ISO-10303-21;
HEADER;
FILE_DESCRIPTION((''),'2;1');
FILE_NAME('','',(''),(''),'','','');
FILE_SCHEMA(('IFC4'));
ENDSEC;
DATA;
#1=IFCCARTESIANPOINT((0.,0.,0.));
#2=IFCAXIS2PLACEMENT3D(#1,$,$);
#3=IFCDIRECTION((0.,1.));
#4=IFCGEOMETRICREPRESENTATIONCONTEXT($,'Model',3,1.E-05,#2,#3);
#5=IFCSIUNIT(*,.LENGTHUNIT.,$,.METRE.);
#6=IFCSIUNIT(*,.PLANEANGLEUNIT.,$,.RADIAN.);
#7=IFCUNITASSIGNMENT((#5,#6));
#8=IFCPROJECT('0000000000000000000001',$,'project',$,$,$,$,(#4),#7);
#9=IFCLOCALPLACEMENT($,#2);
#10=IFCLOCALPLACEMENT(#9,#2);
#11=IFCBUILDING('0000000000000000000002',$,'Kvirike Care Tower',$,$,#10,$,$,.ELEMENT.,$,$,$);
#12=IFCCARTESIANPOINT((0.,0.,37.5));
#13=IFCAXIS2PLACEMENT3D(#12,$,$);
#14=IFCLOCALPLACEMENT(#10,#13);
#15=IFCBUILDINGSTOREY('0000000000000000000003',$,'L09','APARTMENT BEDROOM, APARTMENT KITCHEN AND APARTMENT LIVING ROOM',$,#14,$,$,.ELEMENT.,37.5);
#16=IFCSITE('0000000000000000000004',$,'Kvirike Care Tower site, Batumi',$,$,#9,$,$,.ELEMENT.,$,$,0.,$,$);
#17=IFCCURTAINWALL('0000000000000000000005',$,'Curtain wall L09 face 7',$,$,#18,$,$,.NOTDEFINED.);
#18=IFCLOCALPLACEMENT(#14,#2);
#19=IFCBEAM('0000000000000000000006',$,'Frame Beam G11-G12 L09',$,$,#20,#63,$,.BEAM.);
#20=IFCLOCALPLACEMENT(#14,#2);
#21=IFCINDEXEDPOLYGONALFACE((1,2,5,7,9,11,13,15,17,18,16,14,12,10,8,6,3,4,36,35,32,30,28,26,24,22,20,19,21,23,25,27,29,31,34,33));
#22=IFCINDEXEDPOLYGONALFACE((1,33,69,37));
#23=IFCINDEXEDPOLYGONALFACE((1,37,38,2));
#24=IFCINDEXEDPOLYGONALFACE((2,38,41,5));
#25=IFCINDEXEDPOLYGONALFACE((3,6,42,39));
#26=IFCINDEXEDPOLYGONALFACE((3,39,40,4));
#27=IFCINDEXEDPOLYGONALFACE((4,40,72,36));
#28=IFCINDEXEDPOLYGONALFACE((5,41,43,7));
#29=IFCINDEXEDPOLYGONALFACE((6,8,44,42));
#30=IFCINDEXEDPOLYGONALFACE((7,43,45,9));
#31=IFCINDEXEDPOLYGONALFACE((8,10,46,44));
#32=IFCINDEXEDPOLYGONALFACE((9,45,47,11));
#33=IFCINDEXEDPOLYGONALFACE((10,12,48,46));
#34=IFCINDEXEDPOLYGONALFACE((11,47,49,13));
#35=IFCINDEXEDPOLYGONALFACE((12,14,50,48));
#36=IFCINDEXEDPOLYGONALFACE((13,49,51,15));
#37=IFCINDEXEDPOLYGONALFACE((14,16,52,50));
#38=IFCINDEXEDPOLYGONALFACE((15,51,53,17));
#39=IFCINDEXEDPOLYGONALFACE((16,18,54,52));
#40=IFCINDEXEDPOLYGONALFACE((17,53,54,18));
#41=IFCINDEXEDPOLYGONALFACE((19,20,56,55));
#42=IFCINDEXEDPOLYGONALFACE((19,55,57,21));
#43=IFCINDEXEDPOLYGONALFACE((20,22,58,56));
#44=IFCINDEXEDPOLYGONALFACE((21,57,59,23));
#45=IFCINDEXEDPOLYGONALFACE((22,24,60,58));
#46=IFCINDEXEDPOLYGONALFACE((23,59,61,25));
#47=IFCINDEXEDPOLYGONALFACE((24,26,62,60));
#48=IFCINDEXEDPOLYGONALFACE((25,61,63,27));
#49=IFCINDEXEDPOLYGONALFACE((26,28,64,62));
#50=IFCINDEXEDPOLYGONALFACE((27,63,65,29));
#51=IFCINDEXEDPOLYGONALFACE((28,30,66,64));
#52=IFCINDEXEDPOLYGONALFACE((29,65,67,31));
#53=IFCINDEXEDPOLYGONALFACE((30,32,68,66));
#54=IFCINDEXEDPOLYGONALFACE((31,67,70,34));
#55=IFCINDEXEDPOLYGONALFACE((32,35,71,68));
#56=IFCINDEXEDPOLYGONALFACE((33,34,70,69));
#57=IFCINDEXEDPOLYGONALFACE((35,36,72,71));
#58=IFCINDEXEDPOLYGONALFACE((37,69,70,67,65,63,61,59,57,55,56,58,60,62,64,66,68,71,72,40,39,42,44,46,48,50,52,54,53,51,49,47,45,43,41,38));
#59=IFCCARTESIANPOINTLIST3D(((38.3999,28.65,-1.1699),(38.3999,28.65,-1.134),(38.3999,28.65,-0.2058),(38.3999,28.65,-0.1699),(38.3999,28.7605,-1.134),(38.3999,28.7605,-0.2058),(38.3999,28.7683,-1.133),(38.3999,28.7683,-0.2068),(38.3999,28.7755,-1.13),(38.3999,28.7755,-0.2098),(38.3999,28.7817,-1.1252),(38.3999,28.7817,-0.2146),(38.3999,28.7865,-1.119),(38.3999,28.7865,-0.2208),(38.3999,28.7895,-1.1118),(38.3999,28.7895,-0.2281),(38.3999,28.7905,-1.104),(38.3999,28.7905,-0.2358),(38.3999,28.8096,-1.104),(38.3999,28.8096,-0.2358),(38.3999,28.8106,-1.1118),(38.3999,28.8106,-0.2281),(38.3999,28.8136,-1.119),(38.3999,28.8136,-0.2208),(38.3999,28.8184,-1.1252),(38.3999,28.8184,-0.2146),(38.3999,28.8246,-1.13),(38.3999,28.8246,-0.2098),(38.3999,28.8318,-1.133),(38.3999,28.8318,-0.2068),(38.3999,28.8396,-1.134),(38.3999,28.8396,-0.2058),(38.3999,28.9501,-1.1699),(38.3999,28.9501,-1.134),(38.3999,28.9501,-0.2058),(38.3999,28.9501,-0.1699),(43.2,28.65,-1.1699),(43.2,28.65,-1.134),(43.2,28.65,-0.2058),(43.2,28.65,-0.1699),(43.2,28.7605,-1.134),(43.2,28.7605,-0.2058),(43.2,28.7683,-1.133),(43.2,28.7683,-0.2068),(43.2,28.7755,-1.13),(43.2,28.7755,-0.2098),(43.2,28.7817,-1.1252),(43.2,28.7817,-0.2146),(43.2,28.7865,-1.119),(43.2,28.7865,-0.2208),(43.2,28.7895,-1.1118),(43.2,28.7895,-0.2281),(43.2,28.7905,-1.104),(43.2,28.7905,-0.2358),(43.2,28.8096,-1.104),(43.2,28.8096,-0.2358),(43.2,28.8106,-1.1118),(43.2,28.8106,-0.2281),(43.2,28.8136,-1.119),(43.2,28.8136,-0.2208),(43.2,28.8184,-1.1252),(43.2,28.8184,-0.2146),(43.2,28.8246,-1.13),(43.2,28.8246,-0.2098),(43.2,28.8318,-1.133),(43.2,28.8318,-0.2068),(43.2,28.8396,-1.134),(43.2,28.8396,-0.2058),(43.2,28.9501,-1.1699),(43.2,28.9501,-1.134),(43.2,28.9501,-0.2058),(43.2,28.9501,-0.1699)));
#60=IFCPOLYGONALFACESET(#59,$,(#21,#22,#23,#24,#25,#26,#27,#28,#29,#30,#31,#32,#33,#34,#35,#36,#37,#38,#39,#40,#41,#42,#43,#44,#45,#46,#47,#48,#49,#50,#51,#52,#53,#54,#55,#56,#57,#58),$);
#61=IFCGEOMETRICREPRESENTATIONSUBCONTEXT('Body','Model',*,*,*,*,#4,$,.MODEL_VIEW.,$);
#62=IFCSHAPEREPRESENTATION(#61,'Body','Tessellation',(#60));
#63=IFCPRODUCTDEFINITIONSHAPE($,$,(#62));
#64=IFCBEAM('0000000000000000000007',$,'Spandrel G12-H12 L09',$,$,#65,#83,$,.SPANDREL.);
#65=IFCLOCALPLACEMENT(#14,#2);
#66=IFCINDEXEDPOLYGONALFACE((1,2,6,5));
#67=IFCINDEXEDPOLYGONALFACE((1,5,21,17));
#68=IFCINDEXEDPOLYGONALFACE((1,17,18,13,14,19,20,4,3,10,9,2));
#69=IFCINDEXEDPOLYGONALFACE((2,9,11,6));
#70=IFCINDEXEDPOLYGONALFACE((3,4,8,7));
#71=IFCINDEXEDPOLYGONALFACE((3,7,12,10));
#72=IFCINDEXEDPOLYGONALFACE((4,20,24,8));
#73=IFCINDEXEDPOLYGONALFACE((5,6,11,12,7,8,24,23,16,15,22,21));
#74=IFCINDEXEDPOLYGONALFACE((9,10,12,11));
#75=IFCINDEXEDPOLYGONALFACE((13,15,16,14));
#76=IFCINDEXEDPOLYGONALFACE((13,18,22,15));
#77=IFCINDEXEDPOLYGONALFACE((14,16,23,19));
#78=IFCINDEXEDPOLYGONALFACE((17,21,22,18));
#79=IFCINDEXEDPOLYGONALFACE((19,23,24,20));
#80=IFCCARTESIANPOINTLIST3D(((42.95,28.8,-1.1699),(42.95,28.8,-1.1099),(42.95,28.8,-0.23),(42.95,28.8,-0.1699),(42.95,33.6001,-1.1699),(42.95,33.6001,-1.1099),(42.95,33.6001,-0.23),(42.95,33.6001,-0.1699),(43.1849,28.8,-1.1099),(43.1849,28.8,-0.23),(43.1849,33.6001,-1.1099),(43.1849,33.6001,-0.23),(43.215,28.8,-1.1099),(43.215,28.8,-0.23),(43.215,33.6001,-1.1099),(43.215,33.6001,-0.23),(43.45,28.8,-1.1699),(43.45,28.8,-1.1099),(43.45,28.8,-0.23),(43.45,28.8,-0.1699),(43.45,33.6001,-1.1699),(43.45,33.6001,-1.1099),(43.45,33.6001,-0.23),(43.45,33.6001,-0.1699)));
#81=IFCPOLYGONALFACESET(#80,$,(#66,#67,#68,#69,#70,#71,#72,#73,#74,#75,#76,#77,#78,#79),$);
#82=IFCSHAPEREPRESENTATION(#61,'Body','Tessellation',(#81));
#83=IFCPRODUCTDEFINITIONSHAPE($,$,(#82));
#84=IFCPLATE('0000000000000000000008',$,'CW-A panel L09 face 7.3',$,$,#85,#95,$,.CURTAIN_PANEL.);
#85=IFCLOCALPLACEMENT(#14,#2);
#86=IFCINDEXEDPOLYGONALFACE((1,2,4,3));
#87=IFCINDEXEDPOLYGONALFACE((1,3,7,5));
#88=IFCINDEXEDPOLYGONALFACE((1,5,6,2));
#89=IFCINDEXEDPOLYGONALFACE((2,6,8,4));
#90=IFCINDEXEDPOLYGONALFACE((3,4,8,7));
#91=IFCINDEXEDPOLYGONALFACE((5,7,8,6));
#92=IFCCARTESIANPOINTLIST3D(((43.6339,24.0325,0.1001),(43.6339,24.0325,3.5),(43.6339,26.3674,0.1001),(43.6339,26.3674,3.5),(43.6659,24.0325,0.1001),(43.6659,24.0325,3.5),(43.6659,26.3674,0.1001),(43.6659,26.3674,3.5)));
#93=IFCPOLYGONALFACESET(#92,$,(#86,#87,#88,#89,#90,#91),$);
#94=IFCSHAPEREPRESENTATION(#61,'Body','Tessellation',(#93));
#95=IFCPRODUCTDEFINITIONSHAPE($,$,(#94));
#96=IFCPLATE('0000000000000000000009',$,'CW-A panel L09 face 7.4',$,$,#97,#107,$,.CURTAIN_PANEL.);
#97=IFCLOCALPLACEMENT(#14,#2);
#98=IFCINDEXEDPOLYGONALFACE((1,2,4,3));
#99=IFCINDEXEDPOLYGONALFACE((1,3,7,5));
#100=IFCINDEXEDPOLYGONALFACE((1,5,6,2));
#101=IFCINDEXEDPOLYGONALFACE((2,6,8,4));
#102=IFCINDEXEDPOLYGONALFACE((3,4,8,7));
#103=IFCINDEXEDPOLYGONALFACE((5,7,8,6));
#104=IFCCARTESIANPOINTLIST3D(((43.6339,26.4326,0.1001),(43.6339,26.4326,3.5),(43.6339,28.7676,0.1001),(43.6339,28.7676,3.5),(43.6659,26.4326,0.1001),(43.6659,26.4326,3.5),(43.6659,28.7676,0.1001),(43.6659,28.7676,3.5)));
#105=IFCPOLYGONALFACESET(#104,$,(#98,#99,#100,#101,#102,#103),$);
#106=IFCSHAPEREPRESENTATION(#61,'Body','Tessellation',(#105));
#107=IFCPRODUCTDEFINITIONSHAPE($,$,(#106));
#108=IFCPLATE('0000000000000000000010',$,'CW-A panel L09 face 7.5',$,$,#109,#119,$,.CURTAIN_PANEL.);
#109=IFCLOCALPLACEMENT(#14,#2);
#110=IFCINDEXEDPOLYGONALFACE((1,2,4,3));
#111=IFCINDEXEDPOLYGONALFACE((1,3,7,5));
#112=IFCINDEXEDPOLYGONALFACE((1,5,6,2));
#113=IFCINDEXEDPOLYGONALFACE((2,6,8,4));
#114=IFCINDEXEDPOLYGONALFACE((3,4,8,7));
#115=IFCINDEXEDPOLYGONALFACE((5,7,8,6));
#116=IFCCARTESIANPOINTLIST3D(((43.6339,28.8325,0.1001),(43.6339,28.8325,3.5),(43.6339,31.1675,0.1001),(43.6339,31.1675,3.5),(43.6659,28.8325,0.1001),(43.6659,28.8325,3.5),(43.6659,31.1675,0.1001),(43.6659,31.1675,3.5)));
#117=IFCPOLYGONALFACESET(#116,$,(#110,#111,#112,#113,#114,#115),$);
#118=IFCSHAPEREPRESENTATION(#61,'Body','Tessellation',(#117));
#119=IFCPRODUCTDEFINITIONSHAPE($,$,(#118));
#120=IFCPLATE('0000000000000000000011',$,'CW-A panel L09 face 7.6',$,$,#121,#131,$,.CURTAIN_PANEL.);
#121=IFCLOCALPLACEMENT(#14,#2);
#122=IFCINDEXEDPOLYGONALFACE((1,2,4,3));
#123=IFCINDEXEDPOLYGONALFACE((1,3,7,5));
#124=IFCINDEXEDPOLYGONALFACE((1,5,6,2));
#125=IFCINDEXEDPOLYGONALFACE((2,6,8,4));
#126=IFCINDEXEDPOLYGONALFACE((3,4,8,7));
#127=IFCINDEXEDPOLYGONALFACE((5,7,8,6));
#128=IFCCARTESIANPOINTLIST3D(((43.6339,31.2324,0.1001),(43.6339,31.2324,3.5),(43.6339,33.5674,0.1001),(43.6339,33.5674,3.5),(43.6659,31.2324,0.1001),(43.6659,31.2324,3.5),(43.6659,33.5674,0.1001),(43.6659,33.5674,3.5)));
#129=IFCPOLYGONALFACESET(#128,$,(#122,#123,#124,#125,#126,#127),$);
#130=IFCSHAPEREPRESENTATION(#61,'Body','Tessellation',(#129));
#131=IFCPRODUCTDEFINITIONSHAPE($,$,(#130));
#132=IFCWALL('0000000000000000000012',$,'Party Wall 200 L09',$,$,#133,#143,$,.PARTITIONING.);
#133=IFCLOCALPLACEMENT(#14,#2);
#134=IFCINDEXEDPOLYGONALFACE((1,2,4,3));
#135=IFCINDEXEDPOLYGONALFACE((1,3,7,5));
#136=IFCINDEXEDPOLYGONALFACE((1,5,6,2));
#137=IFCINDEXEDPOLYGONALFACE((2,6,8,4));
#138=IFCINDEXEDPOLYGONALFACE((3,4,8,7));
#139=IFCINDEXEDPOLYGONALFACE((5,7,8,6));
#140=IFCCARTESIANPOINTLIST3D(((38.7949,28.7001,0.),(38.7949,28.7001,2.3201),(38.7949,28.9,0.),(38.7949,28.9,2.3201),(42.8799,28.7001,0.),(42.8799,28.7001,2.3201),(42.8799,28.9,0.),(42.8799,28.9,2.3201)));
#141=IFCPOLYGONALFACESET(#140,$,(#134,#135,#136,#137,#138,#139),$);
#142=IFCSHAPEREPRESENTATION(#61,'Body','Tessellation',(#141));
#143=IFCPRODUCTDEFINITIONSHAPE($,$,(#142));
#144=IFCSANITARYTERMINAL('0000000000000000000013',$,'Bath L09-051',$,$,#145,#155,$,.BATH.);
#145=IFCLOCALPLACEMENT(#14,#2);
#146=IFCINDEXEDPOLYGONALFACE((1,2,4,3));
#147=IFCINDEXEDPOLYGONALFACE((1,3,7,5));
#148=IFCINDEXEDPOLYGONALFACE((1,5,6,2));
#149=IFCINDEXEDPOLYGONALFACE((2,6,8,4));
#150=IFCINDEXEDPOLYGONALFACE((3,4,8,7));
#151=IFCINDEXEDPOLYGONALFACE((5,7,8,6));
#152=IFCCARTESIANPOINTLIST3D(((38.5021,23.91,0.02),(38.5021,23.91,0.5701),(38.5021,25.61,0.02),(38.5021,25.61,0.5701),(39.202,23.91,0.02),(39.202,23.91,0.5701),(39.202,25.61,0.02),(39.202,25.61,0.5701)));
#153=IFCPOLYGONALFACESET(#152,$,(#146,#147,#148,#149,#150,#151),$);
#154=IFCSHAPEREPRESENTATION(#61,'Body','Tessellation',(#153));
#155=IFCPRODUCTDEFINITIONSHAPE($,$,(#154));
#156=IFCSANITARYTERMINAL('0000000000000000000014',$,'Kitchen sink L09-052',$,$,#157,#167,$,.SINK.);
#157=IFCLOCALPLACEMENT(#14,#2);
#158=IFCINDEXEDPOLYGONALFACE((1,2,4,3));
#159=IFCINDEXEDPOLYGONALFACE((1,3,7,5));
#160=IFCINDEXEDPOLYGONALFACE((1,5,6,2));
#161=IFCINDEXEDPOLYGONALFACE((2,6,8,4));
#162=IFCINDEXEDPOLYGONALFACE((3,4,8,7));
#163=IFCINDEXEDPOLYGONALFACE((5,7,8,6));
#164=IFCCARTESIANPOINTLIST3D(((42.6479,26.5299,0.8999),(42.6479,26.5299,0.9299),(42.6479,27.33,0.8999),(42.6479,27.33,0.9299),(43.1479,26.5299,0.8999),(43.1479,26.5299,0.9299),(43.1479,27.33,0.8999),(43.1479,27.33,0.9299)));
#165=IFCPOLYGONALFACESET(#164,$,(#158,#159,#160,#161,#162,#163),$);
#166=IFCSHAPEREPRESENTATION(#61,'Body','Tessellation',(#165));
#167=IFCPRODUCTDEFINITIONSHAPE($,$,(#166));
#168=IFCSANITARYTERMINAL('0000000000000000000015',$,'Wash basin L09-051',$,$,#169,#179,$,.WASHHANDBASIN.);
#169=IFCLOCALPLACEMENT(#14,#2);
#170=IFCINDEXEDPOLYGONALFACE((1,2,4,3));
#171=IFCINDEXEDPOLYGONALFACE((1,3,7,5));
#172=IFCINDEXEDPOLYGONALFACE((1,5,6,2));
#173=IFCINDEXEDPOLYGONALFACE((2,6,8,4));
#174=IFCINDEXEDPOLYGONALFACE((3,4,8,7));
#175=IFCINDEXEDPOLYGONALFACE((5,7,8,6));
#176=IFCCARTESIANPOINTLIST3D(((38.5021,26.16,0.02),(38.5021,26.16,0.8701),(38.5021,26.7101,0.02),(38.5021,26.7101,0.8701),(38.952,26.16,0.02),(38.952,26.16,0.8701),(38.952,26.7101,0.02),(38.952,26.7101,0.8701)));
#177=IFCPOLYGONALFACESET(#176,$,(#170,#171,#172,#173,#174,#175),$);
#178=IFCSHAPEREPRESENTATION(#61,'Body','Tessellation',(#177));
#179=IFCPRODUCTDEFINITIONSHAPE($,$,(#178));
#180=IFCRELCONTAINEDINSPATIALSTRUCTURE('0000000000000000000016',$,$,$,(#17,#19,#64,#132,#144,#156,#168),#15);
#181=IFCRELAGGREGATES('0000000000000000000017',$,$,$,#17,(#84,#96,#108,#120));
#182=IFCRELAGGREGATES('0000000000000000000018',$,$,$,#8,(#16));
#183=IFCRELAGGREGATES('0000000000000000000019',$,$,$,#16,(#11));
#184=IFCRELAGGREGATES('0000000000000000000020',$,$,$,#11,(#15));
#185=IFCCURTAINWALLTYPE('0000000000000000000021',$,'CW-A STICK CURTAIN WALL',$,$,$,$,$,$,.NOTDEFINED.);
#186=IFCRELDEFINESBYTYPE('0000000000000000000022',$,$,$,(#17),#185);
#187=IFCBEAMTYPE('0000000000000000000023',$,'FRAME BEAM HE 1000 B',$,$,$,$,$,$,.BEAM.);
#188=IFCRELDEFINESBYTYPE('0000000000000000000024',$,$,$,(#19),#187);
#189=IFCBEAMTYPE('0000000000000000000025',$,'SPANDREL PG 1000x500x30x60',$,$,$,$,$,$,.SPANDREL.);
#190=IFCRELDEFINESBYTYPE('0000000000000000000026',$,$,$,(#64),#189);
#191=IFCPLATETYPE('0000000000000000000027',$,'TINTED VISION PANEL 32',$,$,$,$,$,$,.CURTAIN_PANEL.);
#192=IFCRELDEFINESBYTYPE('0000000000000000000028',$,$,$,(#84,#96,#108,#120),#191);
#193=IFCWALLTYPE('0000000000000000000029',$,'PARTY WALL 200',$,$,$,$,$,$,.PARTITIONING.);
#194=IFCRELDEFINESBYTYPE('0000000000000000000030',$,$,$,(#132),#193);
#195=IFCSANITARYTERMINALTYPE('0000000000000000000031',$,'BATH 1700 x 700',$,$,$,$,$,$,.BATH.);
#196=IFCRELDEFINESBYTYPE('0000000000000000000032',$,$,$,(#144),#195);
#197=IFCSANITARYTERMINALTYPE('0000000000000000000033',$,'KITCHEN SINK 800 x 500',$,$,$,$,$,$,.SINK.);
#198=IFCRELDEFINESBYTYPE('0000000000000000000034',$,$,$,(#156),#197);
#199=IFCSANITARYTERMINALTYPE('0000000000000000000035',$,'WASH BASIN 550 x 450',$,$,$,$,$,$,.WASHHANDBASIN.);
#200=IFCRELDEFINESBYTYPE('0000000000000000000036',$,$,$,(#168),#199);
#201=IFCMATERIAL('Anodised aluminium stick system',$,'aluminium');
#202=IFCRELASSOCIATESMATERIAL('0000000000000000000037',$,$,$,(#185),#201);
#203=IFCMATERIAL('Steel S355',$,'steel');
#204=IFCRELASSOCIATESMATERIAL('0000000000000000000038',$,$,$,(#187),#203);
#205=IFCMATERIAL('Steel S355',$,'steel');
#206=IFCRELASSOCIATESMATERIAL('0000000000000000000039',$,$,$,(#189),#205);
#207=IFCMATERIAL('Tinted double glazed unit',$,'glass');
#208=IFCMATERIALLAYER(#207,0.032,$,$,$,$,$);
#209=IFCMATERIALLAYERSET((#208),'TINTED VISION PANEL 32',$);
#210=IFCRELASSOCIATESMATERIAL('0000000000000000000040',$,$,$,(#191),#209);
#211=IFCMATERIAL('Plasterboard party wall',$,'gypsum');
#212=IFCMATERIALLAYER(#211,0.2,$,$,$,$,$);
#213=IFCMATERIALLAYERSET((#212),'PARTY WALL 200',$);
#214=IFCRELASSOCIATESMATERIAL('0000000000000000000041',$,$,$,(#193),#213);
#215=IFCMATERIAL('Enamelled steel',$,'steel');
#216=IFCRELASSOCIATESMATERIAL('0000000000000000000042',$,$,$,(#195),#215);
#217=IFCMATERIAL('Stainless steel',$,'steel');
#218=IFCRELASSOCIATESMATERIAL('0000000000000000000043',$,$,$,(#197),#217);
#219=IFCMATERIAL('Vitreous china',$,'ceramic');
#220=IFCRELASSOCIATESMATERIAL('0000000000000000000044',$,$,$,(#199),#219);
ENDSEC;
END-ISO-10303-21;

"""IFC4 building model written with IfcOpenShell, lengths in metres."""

from ifc_helpers import new_model, si_unit, direction, frame, frame_2d, origin, origin_2d, place, context, subcontext, project, spatial, rectangle, i_section, extrude, material, layer, layer_set, material_profile, profile_set, type_object, element, aggregate, save


model = new_model("IFC4")

# Units and contexts
model_context = context("Model", 3, precision=1e-05, world=origin(), true_north=direction((0.0, 1.0)))
body_context = subcontext(model_context, "Body", "Model", "MODEL_VIEW")
ifc_project = project(units=[si_unit("LENGTHUNIT", "METRE"), si_unit("PLANEANGLEUNIT", "RADIAN")], contexts=[model_context])

# Site, building, storey
site_placement = place(None, origin())
site = spatial("IfcSite", under=ifc_project, at=site_placement, Name="Kvirike Care Tower site, Batumi", CompositionType="ELEMENT", RefElevation=0.0)
building_placement = place(site_placement, origin())
building = spatial("IfcBuilding", under=site, at=building_placement, Name="Kvirike Care Tower", CompositionType="ELEMENT")
storey_placement = place(building_placement, frame((0.0, 0.0, 37.5)))
storey = spatial("IfcBuildingStorey", under=building, at=storey_placement, Name="L09", Description="APARTMENT BEDROOM, APARTMENT KITCHEN AND APARTMENT LIVING ROOM", CompositionType="ELEMENT", Elevation=37.5)

# Curtain wall
ifc_material_1 = material(Name="Anodised aluminium stick system", Category="aluminium")
curtain_wall_type = type_object("IfcCurtainWallType", Name="CW-A STICK CURTAIN WALL", PredefinedType="NOTDEFINED", material=ifc_material_1)
curtain_wall_placement = place(storey_placement, origin())
curtain_wall = element("IfcCurtainWall", 1, at=curtain_wall_placement, inside=storey, type_object=curtain_wall_type, Name="Curtain wall L09 face 7", PredefinedType="NOTDEFINED")

# Beams
ifc_material_2 = material(Name="Steel S355", Category="steel")
ifc_material_profile_1 = material_profile(ifc_material_2, i_section(OverallWidth=0.3, OverallDepth=1.0, WebThickness=0.019, FlangeThickness=0.0359, FilletRadius=0.03, at=origin_2d()), Name="HE 1000 B")
ifc_profile_set_1 = profile_set([ifc_material_profile_1], Name="Steel S355")
beam_type_1 = type_object("IfcBeamType", Name="FRAME BEAM HE 1000 B", PredefinedType="BEAM", material=ifc_profile_set_1)
beam_1_placement = place(storey_placement, frame((38.3999, 28.8, -0.6699), z_axis=(1.0, 0.0, 0.0), x_axis=(0.0, 1.0, 0.0)))
element("IfcBeam", 2, at=beam_1_placement, inside=storey, type_object=beam_type_1, Name="Frame Beam G11-G12 L09", PredefinedType="BEAM", context=body_context, shape_type="SweptSolid", body=[
    extrude(i_section(OverallWidth=0.3, OverallDepth=1.0, WebThickness=0.019, FlangeThickness=0.0359, FilletRadius=0.03, at=origin_2d()), origin(), (0.0, 0.0, 1.0), 4.8),
])
ifc_material_3 = material(Name="Steel S355", Category="steel")
ifc_material_profile_2 = material_profile(ifc_material_3, i_section(OverallWidth=0.5, OverallDepth=1.0, WebThickness=0.03, FlangeThickness=0.0601, at=origin_2d()), Name="PG 1000x500x30x60")
ifc_profile_set_2 = profile_set([ifc_material_profile_2], Name="Steel S355")
beam_type_2 = type_object("IfcBeamType", Name="SPANDREL PG 1000x500x30x60", PredefinedType="SPANDREL", material=ifc_profile_set_2)
beam_2_placement = place(storey_placement, frame((43.2, 28.8, -0.6699), z_axis=(0.0, 1.0, 0.0), x_axis=(-1.0, 0.0, 0.0)))
element("IfcBeam", 3, at=beam_2_placement, inside=storey, type_object=beam_type_2, Name="Spandrel G12-H12 L09", PredefinedType="SPANDREL", context=body_context, shape_type="SweptSolid", body=[
    extrude(i_section(OverallWidth=0.5, OverallDepth=1.0, WebThickness=0.03, FlangeThickness=0.0601, at=origin_2d()), origin(), (0.0, 0.0, 1.0), 4.8),
])

# Plates
ifc_material_4 = material(Name="Tinted double glazed unit", Category="glass")
ifc_layer_1 = layer(ifc_material_4, 0.032)
ifc_layer_set_1 = layer_set([ifc_layer_1], Name="TINTED VISION PANEL 32")
plate_type = type_object("IfcPlateType", Name="TINTED VISION PANEL 32", PredefinedType="CURTAIN_PANEL", material=ifc_layer_set_1)
plate_1_placement = place(storey_placement, frame((43.6499, 25.2, 0.1001), z_axis=(0.0, 0.0, 1.0), x_axis=(0.0, 1.0, 0.0)))
plate_1 = element("IfcPlate", 4, at=plate_1_placement, type_object=plate_type, Name="CW-A panel L09 face 7.3", PredefinedType="CURTAIN_PANEL", context=body_context, shape_type="SweptSolid", body=[
    extrude(rectangle(XDim=2.335, YDim=0.032, at=origin_2d()), origin(), (0.0, 0.0, 1.0), 3.3999),
])
plate_2_placement = place(storey_placement, frame((43.6499, 27.6001, 0.1001), z_axis=(0.0, 0.0, 1.0), x_axis=(0.0, 1.0, 0.0)))
plate_2 = element("IfcPlate", 5, at=plate_2_placement, type_object=plate_type, Name="CW-A panel L09 face 7.4", PredefinedType="CURTAIN_PANEL", context=body_context, shape_type="SweptSolid", body=[
    extrude(rectangle(XDim=2.335, YDim=0.032, at=origin_2d()), origin(), (0.0, 0.0, 1.0), 3.3999),
])
plate_3_placement = place(storey_placement, frame((43.6499, 30.0, 0.1001), z_axis=(0.0, 0.0, 1.0), x_axis=(0.0, 1.0, 0.0)))
plate_3 = element("IfcPlate", 6, at=plate_3_placement, type_object=plate_type, Name="CW-A panel L09 face 7.5", PredefinedType="CURTAIN_PANEL", context=body_context, shape_type="SweptSolid", body=[
    extrude(rectangle(XDim=2.335, YDim=0.032, at=origin_2d()), origin(), (0.0, 0.0, 1.0), 3.3999),
])
plate_4_placement = place(storey_placement, frame((43.6499, 32.3999, 0.1001), z_axis=(0.0, 0.0, 1.0), x_axis=(0.0, 1.0, 0.0)))
plate_4 = element("IfcPlate", 7, at=plate_4_placement, type_object=plate_type, Name="CW-A panel L09 face 7.6", PredefinedType="CURTAIN_PANEL", context=body_context, shape_type="SweptSolid", body=[
    extrude(rectangle(XDim=2.335, YDim=0.032, at=origin_2d()), origin(), (0.0, 0.0, 1.0), 3.3999),
])
aggregate(curtain_wall, [plate_1, plate_2, plate_3, plate_4])

# Wall
ifc_material_5 = material(Name="Plasterboard party wall", Category="gypsum")
ifc_layer_2 = layer(ifc_material_5, 0.2)
ifc_layer_set_2 = layer_set([ifc_layer_2], Name="PARTY WALL 200")
wall_type = type_object("IfcWallType", Name="PARTY WALL 200", PredefinedType="PARTITIONING", material=ifc_layer_set_2)
wall_placement = place(storey_placement, frame((42.8799, 28.8, 0.0), z_axis=(0.0, 0.0, 1.0), x_axis=(-1.0, 0.0, 0.0)))
element("IfcWall", 8, at=wall_placement, inside=storey, type_object=wall_type, Name="Party Wall 200 L09", PredefinedType="PARTITIONING", context=body_context, shape_type="SweptSolid", body=[
    extrude(rectangle(XDim=4.085, YDim=0.2, at=frame_2d((2.0425, 0.0))), origin(), (0.0, 0.0, 1.0), 2.3201),
])

# Sanitary terminals
ifc_material_6 = material(Name="Enamelled steel", Category="steel")
sanitary_terminal_type_1 = type_object("IfcSanitaryTerminalType", Name="BATH 1700 x 700", PredefinedType="BATH", material=ifc_material_6)
sanitary_terminal_1_placement = place(storey_placement, frame((38.8521, 24.76, 0.02), z_axis=(0.0, 0.0, 1.0), x_axis=(0.0, 1.0, 0.0)))
element("IfcSanitaryTerminal", 9, at=sanitary_terminal_1_placement, inside=storey, type_object=sanitary_terminal_type_1, Name="Bath L09-051", PredefinedType="BATH", context=body_context, shape_type="SweptSolid", body=[
    extrude(rectangle(XDim=1.7, YDim=0.7, at=origin_2d()), origin(), (0.0, 0.0, 1.0), 0.55),
])
ifc_material_7 = material(Name="Stainless steel", Category="steel")
sanitary_terminal_type_2 = type_object("IfcSanitaryTerminalType", Name="KITCHEN SINK 800 x 500", PredefinedType="SINK", material=ifc_material_7)
sanitary_terminal_2_placement = place(storey_placement, frame((42.8979, 26.9299, 0.8999), z_axis=(0.0, 0.0, 1.0), x_axis=(0.0, -1.0, 0.0)))
element("IfcSanitaryTerminal", 10, at=sanitary_terminal_2_placement, inside=storey, type_object=sanitary_terminal_type_2, Name="Kitchen sink L09-052", PredefinedType="SINK", context=body_context, shape_type="SweptSolid", body=[
    extrude(rectangle(XDim=0.8, YDim=0.5, at=origin_2d()), origin(), (0.0, 0.0, 1.0), 0.03),
])
ifc_material_8 = material(Name="Vitreous china", Category="ceramic")
sanitary_terminal_type_3 = type_object("IfcSanitaryTerminalType", Name="WASH BASIN 550 x 450", PredefinedType="WASHHANDBASIN", material=ifc_material_8)
sanitary_terminal_3_placement = place(storey_placement, frame((38.7271, 26.4351, 0.02), z_axis=(0.0, 0.0, 1.0), x_axis=(0.0, 1.0, 0.0)))
element("IfcSanitaryTerminal", 11, at=sanitary_terminal_3_placement, inside=storey, type_object=sanitary_terminal_type_3, Name="Wash basin L09-051", PredefinedType="WASHHANDBASIN", context=body_context, shape_type="SweptSolid", body=[
    extrude(rectangle(XDim=0.55, YDim=0.45, at=origin_2d()), origin(), (0.0, 0.0, 1.0), 0.8501),
])

save(model, "model.ifc")
